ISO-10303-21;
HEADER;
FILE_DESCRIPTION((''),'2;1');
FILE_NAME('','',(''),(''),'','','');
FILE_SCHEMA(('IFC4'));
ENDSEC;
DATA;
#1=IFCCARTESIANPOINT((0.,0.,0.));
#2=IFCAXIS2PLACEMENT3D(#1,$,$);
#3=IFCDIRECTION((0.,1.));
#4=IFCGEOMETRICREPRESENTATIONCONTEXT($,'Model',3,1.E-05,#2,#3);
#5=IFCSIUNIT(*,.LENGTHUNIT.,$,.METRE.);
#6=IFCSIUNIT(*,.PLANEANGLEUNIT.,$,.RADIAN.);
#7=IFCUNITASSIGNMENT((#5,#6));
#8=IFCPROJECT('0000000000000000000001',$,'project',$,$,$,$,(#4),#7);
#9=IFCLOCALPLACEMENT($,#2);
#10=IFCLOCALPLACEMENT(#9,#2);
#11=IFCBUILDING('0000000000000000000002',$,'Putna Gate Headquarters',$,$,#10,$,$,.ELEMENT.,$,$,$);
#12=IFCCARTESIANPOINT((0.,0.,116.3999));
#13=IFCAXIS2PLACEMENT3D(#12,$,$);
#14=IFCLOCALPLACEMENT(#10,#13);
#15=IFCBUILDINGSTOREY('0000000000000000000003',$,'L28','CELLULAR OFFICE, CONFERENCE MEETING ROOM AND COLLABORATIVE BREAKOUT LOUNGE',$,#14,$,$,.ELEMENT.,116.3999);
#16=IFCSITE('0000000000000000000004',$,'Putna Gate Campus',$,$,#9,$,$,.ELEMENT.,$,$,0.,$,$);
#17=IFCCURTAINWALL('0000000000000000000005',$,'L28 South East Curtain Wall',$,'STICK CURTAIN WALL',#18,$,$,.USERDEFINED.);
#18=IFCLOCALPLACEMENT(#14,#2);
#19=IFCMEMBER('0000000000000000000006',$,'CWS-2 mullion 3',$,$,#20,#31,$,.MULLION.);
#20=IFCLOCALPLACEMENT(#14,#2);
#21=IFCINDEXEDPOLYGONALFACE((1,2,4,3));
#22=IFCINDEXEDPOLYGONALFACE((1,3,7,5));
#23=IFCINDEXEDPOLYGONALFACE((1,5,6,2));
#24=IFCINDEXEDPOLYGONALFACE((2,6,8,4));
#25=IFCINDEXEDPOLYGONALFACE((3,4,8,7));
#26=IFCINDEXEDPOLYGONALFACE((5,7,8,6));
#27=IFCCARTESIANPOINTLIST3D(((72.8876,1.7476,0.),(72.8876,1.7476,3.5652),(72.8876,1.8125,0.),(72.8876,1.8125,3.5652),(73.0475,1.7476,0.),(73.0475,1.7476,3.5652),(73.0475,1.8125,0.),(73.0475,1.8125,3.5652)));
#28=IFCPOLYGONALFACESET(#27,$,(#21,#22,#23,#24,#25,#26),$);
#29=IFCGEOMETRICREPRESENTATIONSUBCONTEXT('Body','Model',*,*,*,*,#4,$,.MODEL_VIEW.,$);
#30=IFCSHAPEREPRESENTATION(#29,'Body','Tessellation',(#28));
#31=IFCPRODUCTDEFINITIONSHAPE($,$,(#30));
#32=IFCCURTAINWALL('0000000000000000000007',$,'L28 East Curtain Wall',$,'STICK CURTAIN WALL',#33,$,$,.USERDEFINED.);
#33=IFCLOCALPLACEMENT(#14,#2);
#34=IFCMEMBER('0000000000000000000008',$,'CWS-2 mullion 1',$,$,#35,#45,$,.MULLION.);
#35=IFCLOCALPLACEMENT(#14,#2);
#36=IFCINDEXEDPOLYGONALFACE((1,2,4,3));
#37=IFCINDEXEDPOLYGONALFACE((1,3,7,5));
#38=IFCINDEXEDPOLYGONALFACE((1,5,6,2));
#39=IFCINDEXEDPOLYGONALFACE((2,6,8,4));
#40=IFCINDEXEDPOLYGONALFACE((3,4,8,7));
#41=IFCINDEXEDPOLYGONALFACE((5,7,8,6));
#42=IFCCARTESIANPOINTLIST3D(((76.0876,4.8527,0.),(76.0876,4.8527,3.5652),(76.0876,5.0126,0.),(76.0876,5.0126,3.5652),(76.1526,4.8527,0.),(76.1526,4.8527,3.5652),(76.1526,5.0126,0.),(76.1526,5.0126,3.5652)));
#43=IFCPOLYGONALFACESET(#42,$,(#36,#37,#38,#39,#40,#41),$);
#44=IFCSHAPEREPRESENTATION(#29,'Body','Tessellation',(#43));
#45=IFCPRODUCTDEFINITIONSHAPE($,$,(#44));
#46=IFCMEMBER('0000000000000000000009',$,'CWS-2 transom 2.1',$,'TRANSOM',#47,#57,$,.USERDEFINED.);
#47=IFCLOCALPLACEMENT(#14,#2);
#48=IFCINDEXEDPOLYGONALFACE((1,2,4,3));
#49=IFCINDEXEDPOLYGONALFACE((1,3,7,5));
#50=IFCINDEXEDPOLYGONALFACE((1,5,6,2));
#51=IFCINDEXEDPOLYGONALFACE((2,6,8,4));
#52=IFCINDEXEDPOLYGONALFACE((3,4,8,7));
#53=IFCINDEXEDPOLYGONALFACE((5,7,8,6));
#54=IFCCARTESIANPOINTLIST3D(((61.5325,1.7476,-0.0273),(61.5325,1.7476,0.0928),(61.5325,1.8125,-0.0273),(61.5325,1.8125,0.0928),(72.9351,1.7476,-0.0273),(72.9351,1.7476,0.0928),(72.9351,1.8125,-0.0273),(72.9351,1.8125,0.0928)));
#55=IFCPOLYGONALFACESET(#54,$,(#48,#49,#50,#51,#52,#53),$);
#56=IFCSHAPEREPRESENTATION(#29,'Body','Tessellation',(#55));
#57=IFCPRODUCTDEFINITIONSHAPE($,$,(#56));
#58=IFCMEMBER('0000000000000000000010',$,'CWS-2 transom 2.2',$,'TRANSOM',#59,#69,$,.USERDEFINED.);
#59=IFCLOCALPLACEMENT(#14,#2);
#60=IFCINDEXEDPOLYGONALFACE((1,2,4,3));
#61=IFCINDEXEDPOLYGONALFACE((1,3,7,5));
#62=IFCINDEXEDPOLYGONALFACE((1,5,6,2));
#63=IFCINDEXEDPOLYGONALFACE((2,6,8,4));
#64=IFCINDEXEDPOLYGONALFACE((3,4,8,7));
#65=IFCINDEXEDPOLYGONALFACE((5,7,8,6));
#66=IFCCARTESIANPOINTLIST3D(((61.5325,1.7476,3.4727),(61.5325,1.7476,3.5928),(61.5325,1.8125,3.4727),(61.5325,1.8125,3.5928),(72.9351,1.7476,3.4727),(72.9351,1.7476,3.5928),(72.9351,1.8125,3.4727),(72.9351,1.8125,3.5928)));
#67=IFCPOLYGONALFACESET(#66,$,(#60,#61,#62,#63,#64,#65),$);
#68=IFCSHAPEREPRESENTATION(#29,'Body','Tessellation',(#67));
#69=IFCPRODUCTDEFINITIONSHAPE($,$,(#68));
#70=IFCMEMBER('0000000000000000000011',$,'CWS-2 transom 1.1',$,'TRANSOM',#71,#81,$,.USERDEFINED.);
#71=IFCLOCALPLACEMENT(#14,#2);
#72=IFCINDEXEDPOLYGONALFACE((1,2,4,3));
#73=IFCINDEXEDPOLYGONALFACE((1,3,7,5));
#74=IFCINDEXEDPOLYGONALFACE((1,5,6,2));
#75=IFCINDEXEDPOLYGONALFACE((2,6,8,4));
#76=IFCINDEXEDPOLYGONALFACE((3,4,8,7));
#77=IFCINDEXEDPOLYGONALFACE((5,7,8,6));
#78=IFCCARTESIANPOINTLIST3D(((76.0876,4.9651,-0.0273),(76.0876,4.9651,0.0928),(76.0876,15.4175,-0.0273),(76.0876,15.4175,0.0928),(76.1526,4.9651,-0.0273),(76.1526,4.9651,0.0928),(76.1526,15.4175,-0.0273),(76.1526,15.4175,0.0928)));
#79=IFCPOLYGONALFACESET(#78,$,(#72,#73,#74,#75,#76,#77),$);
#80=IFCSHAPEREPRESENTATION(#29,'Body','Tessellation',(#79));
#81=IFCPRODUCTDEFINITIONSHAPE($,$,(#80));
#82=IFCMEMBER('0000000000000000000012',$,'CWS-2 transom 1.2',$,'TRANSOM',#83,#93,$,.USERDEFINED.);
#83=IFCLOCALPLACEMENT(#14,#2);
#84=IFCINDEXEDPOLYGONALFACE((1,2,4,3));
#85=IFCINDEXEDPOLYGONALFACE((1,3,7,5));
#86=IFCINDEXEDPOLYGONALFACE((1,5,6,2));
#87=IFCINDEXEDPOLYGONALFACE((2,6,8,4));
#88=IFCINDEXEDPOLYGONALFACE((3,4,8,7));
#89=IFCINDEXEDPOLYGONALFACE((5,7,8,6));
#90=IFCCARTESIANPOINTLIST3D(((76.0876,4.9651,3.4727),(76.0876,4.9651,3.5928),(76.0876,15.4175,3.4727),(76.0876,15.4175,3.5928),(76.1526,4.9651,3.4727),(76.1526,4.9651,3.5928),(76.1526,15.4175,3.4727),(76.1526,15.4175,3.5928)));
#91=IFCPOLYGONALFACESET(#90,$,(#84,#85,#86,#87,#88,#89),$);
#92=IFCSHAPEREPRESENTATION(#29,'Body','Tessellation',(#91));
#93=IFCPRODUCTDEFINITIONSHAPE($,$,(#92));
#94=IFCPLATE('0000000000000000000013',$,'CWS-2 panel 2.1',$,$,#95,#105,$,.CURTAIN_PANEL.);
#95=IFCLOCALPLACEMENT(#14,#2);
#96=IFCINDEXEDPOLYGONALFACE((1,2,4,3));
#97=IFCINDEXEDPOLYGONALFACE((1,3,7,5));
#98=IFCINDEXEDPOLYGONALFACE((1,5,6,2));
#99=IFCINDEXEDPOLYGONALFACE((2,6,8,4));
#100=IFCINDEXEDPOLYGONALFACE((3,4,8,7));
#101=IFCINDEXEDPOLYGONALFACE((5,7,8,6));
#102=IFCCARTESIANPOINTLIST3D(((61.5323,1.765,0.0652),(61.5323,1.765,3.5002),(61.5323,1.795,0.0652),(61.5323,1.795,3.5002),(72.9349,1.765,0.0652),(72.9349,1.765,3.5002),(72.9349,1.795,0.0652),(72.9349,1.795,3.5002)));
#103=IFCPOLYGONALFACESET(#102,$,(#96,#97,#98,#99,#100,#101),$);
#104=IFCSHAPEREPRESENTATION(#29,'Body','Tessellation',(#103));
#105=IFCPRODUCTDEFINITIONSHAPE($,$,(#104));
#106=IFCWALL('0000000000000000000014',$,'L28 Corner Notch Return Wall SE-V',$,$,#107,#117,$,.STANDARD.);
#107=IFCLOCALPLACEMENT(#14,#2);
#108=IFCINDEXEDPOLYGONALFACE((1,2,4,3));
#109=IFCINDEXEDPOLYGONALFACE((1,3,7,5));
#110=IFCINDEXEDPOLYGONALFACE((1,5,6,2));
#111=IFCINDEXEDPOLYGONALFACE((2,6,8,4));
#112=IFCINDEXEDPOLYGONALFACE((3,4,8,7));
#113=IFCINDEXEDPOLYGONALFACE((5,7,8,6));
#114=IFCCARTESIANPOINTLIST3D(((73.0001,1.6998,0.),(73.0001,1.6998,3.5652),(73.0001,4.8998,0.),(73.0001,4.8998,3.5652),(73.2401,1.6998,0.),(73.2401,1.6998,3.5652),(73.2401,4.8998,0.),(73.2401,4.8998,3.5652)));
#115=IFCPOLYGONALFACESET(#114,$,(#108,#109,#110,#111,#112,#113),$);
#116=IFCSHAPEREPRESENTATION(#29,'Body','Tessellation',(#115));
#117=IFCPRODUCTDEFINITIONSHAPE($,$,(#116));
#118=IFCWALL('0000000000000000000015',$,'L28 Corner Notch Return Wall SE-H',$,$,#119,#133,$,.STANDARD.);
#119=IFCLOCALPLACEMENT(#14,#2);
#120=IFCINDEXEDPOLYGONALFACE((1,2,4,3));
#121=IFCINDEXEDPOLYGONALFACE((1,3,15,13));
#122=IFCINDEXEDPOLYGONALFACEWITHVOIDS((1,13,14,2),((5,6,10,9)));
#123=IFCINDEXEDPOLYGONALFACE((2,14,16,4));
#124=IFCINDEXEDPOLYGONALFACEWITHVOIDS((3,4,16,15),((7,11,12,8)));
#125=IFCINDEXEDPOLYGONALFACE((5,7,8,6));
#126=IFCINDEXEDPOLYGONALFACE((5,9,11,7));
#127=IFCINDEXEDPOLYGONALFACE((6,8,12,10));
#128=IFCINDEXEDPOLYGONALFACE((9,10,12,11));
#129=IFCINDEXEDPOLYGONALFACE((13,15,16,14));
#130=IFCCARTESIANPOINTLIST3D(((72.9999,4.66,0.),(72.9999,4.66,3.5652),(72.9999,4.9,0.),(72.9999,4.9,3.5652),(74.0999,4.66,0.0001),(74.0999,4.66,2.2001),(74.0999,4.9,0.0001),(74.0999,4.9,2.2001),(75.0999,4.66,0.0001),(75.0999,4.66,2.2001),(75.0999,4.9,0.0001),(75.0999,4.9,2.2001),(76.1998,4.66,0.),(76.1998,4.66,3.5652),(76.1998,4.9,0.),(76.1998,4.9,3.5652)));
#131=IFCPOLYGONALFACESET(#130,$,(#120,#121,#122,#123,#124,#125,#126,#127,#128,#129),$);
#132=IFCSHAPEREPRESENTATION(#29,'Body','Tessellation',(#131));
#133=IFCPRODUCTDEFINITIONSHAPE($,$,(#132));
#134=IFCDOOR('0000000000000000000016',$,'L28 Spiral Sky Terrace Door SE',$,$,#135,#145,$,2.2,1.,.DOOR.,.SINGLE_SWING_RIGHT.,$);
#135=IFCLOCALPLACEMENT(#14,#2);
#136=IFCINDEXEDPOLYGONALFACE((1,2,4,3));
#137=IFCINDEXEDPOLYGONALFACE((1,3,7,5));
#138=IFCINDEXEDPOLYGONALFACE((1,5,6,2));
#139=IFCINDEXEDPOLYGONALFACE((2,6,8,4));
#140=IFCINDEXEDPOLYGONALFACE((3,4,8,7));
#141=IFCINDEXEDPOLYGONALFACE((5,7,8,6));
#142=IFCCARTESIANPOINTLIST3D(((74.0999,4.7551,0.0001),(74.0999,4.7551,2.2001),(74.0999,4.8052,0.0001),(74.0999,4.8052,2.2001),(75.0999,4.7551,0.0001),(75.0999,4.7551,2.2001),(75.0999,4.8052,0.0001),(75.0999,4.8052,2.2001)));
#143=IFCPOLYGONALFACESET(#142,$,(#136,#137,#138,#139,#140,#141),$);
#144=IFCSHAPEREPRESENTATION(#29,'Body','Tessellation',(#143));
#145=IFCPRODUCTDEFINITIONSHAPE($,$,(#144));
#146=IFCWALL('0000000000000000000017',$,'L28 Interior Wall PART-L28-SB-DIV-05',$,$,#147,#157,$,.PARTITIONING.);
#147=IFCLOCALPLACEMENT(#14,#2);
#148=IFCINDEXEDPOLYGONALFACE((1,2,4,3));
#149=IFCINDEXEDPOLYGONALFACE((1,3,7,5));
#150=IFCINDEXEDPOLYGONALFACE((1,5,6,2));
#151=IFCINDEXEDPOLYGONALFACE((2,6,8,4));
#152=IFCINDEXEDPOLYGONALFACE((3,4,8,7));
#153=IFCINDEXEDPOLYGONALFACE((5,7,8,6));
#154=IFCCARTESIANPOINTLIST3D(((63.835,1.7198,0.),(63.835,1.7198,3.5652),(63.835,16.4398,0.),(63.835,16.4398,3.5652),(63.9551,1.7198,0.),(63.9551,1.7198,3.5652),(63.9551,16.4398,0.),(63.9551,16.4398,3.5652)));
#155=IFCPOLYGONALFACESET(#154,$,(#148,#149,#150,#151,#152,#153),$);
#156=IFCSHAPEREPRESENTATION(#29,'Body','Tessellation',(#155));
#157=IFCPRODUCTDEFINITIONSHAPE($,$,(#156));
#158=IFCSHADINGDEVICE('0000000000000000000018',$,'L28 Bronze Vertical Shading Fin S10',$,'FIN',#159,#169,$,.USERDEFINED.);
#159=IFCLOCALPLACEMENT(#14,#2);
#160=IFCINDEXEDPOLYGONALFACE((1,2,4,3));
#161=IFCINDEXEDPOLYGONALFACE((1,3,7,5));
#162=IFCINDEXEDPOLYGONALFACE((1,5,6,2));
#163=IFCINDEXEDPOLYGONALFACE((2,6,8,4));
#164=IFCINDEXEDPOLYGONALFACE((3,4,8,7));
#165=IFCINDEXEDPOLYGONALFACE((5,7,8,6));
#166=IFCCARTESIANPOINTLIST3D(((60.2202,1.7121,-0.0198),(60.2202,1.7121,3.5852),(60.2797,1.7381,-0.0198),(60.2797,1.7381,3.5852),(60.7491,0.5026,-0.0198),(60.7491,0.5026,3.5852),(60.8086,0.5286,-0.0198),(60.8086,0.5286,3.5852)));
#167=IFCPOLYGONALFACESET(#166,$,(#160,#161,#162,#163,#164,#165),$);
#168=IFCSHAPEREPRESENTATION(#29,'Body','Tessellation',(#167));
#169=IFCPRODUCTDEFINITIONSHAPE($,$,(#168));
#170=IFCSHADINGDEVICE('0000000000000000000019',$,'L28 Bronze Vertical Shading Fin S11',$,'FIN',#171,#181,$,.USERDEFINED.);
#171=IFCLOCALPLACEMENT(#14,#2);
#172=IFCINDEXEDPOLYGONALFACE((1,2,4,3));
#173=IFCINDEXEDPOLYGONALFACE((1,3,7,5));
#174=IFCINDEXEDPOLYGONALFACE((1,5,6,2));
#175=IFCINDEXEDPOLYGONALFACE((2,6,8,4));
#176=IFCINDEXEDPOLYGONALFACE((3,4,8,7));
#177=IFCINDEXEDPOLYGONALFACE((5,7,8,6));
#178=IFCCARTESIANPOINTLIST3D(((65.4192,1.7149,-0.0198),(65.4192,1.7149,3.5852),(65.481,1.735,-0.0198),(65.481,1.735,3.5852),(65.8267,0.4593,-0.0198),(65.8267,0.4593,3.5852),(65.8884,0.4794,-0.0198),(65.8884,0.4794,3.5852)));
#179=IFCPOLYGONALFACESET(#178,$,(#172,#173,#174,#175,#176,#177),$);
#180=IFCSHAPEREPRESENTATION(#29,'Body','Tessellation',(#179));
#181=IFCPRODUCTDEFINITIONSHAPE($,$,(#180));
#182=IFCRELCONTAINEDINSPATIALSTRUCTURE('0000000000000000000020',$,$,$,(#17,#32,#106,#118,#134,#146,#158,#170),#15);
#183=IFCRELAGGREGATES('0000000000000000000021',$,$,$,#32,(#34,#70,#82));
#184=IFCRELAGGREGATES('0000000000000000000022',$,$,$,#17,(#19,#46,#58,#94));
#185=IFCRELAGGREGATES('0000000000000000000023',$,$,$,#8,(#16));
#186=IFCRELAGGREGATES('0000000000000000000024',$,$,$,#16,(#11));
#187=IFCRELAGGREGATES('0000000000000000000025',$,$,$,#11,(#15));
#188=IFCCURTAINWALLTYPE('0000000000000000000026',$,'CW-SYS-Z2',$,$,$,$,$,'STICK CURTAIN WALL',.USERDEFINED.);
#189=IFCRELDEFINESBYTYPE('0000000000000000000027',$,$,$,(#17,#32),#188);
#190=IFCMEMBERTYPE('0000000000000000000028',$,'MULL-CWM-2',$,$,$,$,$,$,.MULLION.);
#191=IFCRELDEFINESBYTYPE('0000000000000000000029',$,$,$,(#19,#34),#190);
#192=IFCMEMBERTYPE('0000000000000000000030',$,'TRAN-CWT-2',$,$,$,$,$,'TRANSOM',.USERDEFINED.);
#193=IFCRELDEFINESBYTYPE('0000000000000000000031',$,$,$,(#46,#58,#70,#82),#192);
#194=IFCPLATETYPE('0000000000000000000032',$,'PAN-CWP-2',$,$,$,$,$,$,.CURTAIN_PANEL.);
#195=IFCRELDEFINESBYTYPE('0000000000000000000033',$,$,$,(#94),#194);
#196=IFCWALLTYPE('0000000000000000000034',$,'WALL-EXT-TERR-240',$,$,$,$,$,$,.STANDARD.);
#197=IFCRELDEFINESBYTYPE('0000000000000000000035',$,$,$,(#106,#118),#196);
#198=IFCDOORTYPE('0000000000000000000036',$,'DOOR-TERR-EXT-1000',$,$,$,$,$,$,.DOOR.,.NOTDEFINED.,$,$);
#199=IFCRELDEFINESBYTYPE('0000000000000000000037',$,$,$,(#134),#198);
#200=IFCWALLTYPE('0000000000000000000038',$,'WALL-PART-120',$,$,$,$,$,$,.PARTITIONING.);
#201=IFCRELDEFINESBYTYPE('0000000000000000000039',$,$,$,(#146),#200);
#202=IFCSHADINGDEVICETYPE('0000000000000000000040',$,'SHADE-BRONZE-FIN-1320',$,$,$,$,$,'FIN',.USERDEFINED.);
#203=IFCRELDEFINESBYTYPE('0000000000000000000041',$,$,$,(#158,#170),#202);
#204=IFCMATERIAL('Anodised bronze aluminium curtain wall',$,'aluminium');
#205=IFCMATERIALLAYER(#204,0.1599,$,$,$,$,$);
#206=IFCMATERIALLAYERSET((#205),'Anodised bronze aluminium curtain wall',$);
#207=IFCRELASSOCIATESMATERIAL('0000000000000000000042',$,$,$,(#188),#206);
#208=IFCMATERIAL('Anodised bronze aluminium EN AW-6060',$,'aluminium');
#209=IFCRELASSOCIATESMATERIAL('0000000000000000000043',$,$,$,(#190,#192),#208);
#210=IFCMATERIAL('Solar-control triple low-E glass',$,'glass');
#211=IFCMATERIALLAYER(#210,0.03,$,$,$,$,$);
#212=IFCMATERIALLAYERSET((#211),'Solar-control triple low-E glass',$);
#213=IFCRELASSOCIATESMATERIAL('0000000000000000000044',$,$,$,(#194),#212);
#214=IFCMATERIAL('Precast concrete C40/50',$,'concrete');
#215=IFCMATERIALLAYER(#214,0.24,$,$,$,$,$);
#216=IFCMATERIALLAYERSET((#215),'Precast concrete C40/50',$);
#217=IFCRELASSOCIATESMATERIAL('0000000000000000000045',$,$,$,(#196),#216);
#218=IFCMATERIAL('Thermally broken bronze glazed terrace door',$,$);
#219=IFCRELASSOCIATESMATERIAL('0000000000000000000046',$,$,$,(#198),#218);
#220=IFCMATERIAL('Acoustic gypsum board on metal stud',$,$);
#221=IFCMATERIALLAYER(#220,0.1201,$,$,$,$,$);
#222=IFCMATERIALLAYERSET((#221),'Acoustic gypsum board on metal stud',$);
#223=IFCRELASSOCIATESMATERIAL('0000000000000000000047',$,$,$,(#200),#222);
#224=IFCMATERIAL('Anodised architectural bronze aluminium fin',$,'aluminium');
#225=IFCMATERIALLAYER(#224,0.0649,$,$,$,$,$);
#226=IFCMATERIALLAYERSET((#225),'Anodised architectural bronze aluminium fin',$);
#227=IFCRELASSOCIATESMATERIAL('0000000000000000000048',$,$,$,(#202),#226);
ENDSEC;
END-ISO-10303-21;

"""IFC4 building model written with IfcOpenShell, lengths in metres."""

from ifc_helpers import new_model, si_unit, direction, frame, frame_2d, origin, origin_2d, place, context, subcontext, project, spatial, rectangle, extrude, material, layer, layer_set, material_profile, profile_set, type_object, element, fill, aggregate, save


model = new_model("IFC4")

# Units and contexts
model_context = context("Model", 3, precision=1e-05, world=origin(), true_north=direction((0.0, 1.0)))
body_context = subcontext(model_context, "Body", "Model", "MODEL_VIEW")
ifc_project = project(units=[si_unit("LENGTHUNIT", "METRE"), si_unit("PLANEANGLEUNIT", "RADIAN")], contexts=[model_context])

# Site, building, storey
site_placement = place(None, origin())
site = spatial("IfcSite", under=ifc_project, at=site_placement, Name="Putna Gate Campus", CompositionType="ELEMENT", RefElevation=0.0)
building_placement = place(site_placement, origin())
building = spatial("IfcBuilding", under=site, at=building_placement, Name="Putna Gate Headquarters", CompositionType="ELEMENT")
storey_placement = place(building_placement, frame((0.0, 0.0, 116.3999)))
storey = spatial("IfcBuildingStorey", under=building, at=storey_placement, Name="L28", Description="CELLULAR OFFICE, CONFERENCE MEETING ROOM AND COLLABORATIVE BREAKOUT LOUNGE", CompositionType="ELEMENT", Elevation=116.3999)

# Curtain wall, member
ifc_material_1 = material(Name="Anodised bronze aluminium curtain wall", Category="aluminium")
ifc_layer_1 = layer(ifc_material_1, 0.1599)
ifc_layer_set_1 = layer_set([ifc_layer_1], Name="Anodised bronze aluminium curtain wall")
curtain_wall_type = type_object("IfcCurtainWallType", Name="CW-SYS-Z2", ElementType="STICK CURTAIN WALL", PredefinedType="USERDEFINED", material=ifc_layer_set_1)
curtain_wall_1_placement = place(storey_placement, origin())
curtain_wall_1 = element("IfcCurtainWall", 1, at=curtain_wall_1_placement, inside=storey, type_object=curtain_wall_type, Name="L28 South East Curtain Wall", ObjectType="STICK CURTAIN WALL", PredefinedType="USERDEFINED")
ifc_material_2 = material(Name="Anodised bronze aluminium EN AW-6060", Category="aluminium")
ifc_material_profile_1 = material_profile(ifc_material_2, rectangle(XDim=0.0649, YDim=0.1599, at=origin_2d()), Name="Anodised bronze aluminium EN AW-6060")
ifc_profile_set_1 = profile_set([ifc_material_profile_1], Name="Anodised bronze aluminium EN AW-6060")
member_type_1 = type_object("IfcMemberType", Name="MULL-CWM-2", PredefinedType="MULLION", material=ifc_profile_set_1)
member_1_placement = place(storey_placement, frame((72.9675, 1.78, 0.0), z_axis=(0.0, 0.0, 1.0), x_axis=(0.0, 1.0, 0.0)))
member_1 = element("IfcMember", 2, at=member_1_placement, type_object=member_type_1, Name="CWS-2 mullion 3", PredefinedType="MULLION", context=body_context, shape_type="SweptSolid", body=[
    extrude(rectangle(XDim=0.0649, YDim=0.1599, at=origin_2d()), origin(), (0.0, 0.0, 1.0), 3.5652),
])

# Curtain wall, member
curtain_wall_2_placement = place(storey_placement, origin())
curtain_wall_2 = element("IfcCurtainWall", 3, at=curtain_wall_2_placement, inside=storey, type_object=curtain_wall_type, Name="L28 East Curtain Wall", ObjectType="STICK CURTAIN WALL", PredefinedType="USERDEFINED")
member_2_placement = place(storey_placement, frame((76.1201, 4.9326, 0.0), z_axis=(0.0, 0.0, 1.0), x_axis=(-1.0, 0.0, 0.0)))
member_2 = element("IfcMember", 4, at=member_2_placement, type_object=member_type_1, Name="CWS-2 mullion 1", PredefinedType="MULLION", context=body_context, shape_type="SweptSolid", body=[
    extrude(rectangle(XDim=0.0649, YDim=0.1599, at=origin_2d()), origin(), (0.0, 0.0, 1.0), 3.5652),
])

# Members
ifc_material_profile_2 = material_profile(ifc_material_2, rectangle(XDim=0.0649, YDim=0.1201, at=origin_2d()), Name="Anodised bronze aluminium EN AW-6060")
ifc_profile_set_2 = profile_set([ifc_material_profile_2], Name="Anodised bronze aluminium EN AW-6060")
member_type_2 = type_object("IfcMemberType", Name="TRAN-CWT-2", ElementType="TRANSOM", PredefinedType="USERDEFINED", material=ifc_profile_set_2)
member_3_placement = place(storey_placement, frame((61.5325, 1.78, 0.0327), z_axis=(1.0, 0.0, 0.0), x_axis=(0.0, 1.0, 0.0)))
member_3 = element("IfcMember", 5, at=member_3_placement, type_object=member_type_2, Name="CWS-2 transom 2.1", ObjectType="TRANSOM", PredefinedType="USERDEFINED", context=body_context, shape_type="SweptSolid", body=[
    extrude(rectangle(XDim=0.0649, YDim=0.1201, at=origin_2d()), origin(), (0.0, 0.0, 1.0), 11.4026),
])
member_4_placement = place(storey_placement, frame((61.5325, 1.78, 3.5327), z_axis=(1.0, 0.0, 0.0), x_axis=(0.0, 1.0, 0.0)))
member_4 = element("IfcMember", 6, at=member_4_placement, type_object=member_type_2, Name="CWS-2 transom 2.2", ObjectType="TRANSOM", PredefinedType="USERDEFINED", context=body_context, shape_type="SweptSolid", body=[
    extrude(rectangle(XDim=0.0649, YDim=0.1201, at=origin_2d()), origin(), (0.0, 0.0, 1.0), 11.4026),
])
member_5_placement = place(storey_placement, frame((76.1201, 4.9651, 0.0327), z_axis=(0.0, 1.0, 0.0), x_axis=(-1.0, 0.0, 0.0)))
member_5 = element("IfcMember", 7, at=member_5_placement, type_object=member_type_2, Name="CWS-2 transom 1.1", ObjectType="TRANSOM", PredefinedType="USERDEFINED", context=body_context, shape_type="SweptSolid", body=[
    extrude(rectangle(XDim=0.0649, YDim=0.1201, at=origin_2d()), origin(), (0.0, 0.0, 1.0), 10.4524),
])
member_6_placement = place(storey_placement, frame((76.1201, 4.9651, 3.5327), z_axis=(0.0, 1.0, 0.0), x_axis=(-1.0, 0.0, 0.0)))
member_6 = element("IfcMember", 8, at=member_6_placement, type_object=member_type_2, Name="CWS-2 transom 1.2", ObjectType="TRANSOM", PredefinedType="USERDEFINED", context=body_context, shape_type="SweptSolid", body=[
    extrude(rectangle(XDim=0.0649, YDim=0.1201, at=origin_2d()), origin(), (0.0, 0.0, 1.0), 10.4524),
])
aggregate(curtain_wall_2, [member_2, member_5, member_6])

# Plate
ifc_material_3 = material(Name="Solar-control triple low-E glass", Category="glass")
ifc_layer_2 = layer(ifc_material_3, 0.03)
ifc_layer_set_2 = layer_set([ifc_layer_2], Name="Solar-control triple low-E glass")
plate_type = type_object("IfcPlateType", Name="PAN-CWP-2", PredefinedType="CURTAIN_PANEL", material=ifc_layer_set_2)
plate_placement = place(storey_placement, frame((67.2336, 1.78, 0.0652), z_axis=(0.0, 0.0, 1.0), x_axis=(1.0, 0.0, 0.0)))
plate = element("IfcPlate", 9, at=plate_placement, type_object=plate_type, Name="CWS-2 panel 2.1", PredefinedType="CURTAIN_PANEL", context=body_context, shape_type="SweptSolid", body=[
    extrude(rectangle(XDim=11.4026, YDim=0.03, at=origin_2d()), origin(), (0.0, 0.0, 1.0), 3.4351),
])
aggregate(curtain_wall_1, [member_1, member_3, member_4, plate])

# Wall
ifc_material_4 = material(Name="Precast concrete C40/50", Category="concrete")
ifc_layer_3 = layer(ifc_material_4, 0.24)
ifc_layer_set_3 = layer_set([ifc_layer_3], Name="Precast concrete C40/50")
wall_type_1 = type_object("IfcWallType", Name="WALL-EXT-TERR-240", PredefinedType="STANDARD", material=ifc_layer_set_3)
wall_1_placement = place(storey_placement, frame((73.1201, 4.8999, 0.0), z_axis=(0.0, 0.0, 1.0), x_axis=(0.0, -1.0, 0.0)))
element("IfcWall", 10, at=wall_1_placement, inside=storey, type_object=wall_type_1, Name="L28 Corner Notch Return Wall SE-V", PredefinedType="STANDARD", context=body_context, shape_type="SweptSolid", body=[
    extrude(rectangle(XDim=3.2, YDim=0.24, at=frame_2d((1.6001, 0.0))), origin(), (0.0, 0.0, 1.0), 3.5652),
])

# Wall, opening, door
wall_2_placement = place(storey_placement, frame((76.2, 4.78, 0.0), z_axis=(0.0, 0.0, 1.0), x_axis=(-1.0, 0.0, 0.0)))
wall_2 = element("IfcWall", 11, at=wall_2_placement, inside=storey, type_object=wall_type_1, Name="L28 Corner Notch Return Wall SE-H", PredefinedType="STANDARD", context=body_context, shape_type="SweptSolid", body=[
    extrude(rectangle(XDim=3.2, YDim=0.24, at=frame_2d((1.6001, 0.0))), origin(), (0.0, 0.0, 1.0), 3.5652),
])
opening_placement = place(wall_2_placement, frame((1.1001, 0.0, 0.0)))
opening = element("IfcOpeningElement", 12, at=opening_placement, cuts=wall_2, PredefinedType="OPENING", context=body_context, shape_type="SweptSolid", body=[
    extrude(rectangle(XDim=1.0, YDim=2.2, at=frame_2d((0.5, 1.1001))), frame((0.0, 0.1299, 0.0), z_axis=(0.0, -1.0, 0.0), x_axis=(1.0, 0.0, 0.0)), (0.0, 0.0, 1.0), 0.26),
])
ifc_material_5 = material(Name="Thermally broken bronze glazed terrace door")
door_type = type_object("IfcDoorType", Name="DOOR-TERR-EXT-1000", OperationType="NOTDEFINED", PredefinedType="DOOR", material=ifc_material_5)
door_placement = place(opening_placement, origin())
door = element("IfcDoor", 13, at=door_placement, inside=storey, type_object=door_type, Name="L28 Spiral Sky Terrace Door SE", OperationType="SINGLE_SWING_RIGHT", OverallHeight=2.2, OverallWidth=1.0, PredefinedType="DOOR", context=body_context, shape_type="SweptSolid", body=[
    extrude(rectangle(XDim=1.0, YDim=2.2, at=frame_2d((0.5, 1.1001))), frame((0.0, 0.0249, 0.0), z_axis=(0.0, -1.0, 0.0), x_axis=(1.0, 0.0, 0.0)), (0.0, 0.0, 1.0), 0.05),
])
fill(opening, door)

# Wall
ifc_material_6 = material(Name="Acoustic gypsum board on metal stud")
ifc_layer_4 = layer(ifc_material_6, 0.1201)
ifc_layer_set_4 = layer_set([ifc_layer_4], Name="Acoustic gypsum board on metal stud")
wall_type_2 = type_object("IfcWallType", Name="WALL-PART-120", PredefinedType="PARTITIONING", material=ifc_layer_set_4)
wall_3_placement = place(storey_placement, frame((63.895, 1.72, 0.0), z_axis=(0.0, 0.0, 1.0), x_axis=(0.0, 1.0, 0.0)))
element("IfcWall", 14, at=wall_3_placement, inside=storey, type_object=wall_type_2, Name="L28 Interior Wall PART-L28-SB-DIV-05", PredefinedType="PARTITIONING", context=body_context, shape_type="SweptSolid", body=[
    extrude(rectangle(XDim=14.72, YDim=0.1201, at=frame_2d((7.3599, 0.0))), origin(), (0.0, 0.0, 1.0), 3.5652),
])

# Shading devices
ifc_material_7 = material(Name="Anodised architectural bronze aluminium fin", Category="aluminium")
ifc_layer_5 = layer(ifc_material_7, 0.0649)
ifc_layer_set_5 = layer_set([ifc_layer_5], Name="Anodised architectural bronze aluminium fin")
shading_device_type = type_object("IfcShadingDeviceType", Name="SHADE-BRONZE-FIN-1320", ElementType="FIN", PredefinedType="USERDEFINED", material=ifc_layer_set_5)
for number, where, z_axis, x_axis, name in (
    (15, (60.5144, 1.1204, -0.0198), (0.0, 0.0, 1.0), (0.400669, -0.916223, 0.0), "L28 Bronze Vertical Shading Fin S10"),
    (16, (65.6538, 1.0972, -0.0198), (0.0, 0.0, 1.0), (0.308685, -0.951164, 0.0), "L28 Bronze Vertical Shading Fin S11"),
):
    element("IfcShadingDevice", number, at=place(storey_placement, frame(where, z_axis=z_axis, x_axis=x_axis)), inside=storey, type_object=shading_device_type, Name=name, ObjectType="FIN", PredefinedType="USERDEFINED", context=body_context, shape_type="SweptSolid", body=[
        extrude(rectangle(XDim=1.3201, YDim=0.0649, at=origin_2d()), origin(), (0.0, 0.0, 1.0), 3.605),
    ])

save(model, "model.ifc")
